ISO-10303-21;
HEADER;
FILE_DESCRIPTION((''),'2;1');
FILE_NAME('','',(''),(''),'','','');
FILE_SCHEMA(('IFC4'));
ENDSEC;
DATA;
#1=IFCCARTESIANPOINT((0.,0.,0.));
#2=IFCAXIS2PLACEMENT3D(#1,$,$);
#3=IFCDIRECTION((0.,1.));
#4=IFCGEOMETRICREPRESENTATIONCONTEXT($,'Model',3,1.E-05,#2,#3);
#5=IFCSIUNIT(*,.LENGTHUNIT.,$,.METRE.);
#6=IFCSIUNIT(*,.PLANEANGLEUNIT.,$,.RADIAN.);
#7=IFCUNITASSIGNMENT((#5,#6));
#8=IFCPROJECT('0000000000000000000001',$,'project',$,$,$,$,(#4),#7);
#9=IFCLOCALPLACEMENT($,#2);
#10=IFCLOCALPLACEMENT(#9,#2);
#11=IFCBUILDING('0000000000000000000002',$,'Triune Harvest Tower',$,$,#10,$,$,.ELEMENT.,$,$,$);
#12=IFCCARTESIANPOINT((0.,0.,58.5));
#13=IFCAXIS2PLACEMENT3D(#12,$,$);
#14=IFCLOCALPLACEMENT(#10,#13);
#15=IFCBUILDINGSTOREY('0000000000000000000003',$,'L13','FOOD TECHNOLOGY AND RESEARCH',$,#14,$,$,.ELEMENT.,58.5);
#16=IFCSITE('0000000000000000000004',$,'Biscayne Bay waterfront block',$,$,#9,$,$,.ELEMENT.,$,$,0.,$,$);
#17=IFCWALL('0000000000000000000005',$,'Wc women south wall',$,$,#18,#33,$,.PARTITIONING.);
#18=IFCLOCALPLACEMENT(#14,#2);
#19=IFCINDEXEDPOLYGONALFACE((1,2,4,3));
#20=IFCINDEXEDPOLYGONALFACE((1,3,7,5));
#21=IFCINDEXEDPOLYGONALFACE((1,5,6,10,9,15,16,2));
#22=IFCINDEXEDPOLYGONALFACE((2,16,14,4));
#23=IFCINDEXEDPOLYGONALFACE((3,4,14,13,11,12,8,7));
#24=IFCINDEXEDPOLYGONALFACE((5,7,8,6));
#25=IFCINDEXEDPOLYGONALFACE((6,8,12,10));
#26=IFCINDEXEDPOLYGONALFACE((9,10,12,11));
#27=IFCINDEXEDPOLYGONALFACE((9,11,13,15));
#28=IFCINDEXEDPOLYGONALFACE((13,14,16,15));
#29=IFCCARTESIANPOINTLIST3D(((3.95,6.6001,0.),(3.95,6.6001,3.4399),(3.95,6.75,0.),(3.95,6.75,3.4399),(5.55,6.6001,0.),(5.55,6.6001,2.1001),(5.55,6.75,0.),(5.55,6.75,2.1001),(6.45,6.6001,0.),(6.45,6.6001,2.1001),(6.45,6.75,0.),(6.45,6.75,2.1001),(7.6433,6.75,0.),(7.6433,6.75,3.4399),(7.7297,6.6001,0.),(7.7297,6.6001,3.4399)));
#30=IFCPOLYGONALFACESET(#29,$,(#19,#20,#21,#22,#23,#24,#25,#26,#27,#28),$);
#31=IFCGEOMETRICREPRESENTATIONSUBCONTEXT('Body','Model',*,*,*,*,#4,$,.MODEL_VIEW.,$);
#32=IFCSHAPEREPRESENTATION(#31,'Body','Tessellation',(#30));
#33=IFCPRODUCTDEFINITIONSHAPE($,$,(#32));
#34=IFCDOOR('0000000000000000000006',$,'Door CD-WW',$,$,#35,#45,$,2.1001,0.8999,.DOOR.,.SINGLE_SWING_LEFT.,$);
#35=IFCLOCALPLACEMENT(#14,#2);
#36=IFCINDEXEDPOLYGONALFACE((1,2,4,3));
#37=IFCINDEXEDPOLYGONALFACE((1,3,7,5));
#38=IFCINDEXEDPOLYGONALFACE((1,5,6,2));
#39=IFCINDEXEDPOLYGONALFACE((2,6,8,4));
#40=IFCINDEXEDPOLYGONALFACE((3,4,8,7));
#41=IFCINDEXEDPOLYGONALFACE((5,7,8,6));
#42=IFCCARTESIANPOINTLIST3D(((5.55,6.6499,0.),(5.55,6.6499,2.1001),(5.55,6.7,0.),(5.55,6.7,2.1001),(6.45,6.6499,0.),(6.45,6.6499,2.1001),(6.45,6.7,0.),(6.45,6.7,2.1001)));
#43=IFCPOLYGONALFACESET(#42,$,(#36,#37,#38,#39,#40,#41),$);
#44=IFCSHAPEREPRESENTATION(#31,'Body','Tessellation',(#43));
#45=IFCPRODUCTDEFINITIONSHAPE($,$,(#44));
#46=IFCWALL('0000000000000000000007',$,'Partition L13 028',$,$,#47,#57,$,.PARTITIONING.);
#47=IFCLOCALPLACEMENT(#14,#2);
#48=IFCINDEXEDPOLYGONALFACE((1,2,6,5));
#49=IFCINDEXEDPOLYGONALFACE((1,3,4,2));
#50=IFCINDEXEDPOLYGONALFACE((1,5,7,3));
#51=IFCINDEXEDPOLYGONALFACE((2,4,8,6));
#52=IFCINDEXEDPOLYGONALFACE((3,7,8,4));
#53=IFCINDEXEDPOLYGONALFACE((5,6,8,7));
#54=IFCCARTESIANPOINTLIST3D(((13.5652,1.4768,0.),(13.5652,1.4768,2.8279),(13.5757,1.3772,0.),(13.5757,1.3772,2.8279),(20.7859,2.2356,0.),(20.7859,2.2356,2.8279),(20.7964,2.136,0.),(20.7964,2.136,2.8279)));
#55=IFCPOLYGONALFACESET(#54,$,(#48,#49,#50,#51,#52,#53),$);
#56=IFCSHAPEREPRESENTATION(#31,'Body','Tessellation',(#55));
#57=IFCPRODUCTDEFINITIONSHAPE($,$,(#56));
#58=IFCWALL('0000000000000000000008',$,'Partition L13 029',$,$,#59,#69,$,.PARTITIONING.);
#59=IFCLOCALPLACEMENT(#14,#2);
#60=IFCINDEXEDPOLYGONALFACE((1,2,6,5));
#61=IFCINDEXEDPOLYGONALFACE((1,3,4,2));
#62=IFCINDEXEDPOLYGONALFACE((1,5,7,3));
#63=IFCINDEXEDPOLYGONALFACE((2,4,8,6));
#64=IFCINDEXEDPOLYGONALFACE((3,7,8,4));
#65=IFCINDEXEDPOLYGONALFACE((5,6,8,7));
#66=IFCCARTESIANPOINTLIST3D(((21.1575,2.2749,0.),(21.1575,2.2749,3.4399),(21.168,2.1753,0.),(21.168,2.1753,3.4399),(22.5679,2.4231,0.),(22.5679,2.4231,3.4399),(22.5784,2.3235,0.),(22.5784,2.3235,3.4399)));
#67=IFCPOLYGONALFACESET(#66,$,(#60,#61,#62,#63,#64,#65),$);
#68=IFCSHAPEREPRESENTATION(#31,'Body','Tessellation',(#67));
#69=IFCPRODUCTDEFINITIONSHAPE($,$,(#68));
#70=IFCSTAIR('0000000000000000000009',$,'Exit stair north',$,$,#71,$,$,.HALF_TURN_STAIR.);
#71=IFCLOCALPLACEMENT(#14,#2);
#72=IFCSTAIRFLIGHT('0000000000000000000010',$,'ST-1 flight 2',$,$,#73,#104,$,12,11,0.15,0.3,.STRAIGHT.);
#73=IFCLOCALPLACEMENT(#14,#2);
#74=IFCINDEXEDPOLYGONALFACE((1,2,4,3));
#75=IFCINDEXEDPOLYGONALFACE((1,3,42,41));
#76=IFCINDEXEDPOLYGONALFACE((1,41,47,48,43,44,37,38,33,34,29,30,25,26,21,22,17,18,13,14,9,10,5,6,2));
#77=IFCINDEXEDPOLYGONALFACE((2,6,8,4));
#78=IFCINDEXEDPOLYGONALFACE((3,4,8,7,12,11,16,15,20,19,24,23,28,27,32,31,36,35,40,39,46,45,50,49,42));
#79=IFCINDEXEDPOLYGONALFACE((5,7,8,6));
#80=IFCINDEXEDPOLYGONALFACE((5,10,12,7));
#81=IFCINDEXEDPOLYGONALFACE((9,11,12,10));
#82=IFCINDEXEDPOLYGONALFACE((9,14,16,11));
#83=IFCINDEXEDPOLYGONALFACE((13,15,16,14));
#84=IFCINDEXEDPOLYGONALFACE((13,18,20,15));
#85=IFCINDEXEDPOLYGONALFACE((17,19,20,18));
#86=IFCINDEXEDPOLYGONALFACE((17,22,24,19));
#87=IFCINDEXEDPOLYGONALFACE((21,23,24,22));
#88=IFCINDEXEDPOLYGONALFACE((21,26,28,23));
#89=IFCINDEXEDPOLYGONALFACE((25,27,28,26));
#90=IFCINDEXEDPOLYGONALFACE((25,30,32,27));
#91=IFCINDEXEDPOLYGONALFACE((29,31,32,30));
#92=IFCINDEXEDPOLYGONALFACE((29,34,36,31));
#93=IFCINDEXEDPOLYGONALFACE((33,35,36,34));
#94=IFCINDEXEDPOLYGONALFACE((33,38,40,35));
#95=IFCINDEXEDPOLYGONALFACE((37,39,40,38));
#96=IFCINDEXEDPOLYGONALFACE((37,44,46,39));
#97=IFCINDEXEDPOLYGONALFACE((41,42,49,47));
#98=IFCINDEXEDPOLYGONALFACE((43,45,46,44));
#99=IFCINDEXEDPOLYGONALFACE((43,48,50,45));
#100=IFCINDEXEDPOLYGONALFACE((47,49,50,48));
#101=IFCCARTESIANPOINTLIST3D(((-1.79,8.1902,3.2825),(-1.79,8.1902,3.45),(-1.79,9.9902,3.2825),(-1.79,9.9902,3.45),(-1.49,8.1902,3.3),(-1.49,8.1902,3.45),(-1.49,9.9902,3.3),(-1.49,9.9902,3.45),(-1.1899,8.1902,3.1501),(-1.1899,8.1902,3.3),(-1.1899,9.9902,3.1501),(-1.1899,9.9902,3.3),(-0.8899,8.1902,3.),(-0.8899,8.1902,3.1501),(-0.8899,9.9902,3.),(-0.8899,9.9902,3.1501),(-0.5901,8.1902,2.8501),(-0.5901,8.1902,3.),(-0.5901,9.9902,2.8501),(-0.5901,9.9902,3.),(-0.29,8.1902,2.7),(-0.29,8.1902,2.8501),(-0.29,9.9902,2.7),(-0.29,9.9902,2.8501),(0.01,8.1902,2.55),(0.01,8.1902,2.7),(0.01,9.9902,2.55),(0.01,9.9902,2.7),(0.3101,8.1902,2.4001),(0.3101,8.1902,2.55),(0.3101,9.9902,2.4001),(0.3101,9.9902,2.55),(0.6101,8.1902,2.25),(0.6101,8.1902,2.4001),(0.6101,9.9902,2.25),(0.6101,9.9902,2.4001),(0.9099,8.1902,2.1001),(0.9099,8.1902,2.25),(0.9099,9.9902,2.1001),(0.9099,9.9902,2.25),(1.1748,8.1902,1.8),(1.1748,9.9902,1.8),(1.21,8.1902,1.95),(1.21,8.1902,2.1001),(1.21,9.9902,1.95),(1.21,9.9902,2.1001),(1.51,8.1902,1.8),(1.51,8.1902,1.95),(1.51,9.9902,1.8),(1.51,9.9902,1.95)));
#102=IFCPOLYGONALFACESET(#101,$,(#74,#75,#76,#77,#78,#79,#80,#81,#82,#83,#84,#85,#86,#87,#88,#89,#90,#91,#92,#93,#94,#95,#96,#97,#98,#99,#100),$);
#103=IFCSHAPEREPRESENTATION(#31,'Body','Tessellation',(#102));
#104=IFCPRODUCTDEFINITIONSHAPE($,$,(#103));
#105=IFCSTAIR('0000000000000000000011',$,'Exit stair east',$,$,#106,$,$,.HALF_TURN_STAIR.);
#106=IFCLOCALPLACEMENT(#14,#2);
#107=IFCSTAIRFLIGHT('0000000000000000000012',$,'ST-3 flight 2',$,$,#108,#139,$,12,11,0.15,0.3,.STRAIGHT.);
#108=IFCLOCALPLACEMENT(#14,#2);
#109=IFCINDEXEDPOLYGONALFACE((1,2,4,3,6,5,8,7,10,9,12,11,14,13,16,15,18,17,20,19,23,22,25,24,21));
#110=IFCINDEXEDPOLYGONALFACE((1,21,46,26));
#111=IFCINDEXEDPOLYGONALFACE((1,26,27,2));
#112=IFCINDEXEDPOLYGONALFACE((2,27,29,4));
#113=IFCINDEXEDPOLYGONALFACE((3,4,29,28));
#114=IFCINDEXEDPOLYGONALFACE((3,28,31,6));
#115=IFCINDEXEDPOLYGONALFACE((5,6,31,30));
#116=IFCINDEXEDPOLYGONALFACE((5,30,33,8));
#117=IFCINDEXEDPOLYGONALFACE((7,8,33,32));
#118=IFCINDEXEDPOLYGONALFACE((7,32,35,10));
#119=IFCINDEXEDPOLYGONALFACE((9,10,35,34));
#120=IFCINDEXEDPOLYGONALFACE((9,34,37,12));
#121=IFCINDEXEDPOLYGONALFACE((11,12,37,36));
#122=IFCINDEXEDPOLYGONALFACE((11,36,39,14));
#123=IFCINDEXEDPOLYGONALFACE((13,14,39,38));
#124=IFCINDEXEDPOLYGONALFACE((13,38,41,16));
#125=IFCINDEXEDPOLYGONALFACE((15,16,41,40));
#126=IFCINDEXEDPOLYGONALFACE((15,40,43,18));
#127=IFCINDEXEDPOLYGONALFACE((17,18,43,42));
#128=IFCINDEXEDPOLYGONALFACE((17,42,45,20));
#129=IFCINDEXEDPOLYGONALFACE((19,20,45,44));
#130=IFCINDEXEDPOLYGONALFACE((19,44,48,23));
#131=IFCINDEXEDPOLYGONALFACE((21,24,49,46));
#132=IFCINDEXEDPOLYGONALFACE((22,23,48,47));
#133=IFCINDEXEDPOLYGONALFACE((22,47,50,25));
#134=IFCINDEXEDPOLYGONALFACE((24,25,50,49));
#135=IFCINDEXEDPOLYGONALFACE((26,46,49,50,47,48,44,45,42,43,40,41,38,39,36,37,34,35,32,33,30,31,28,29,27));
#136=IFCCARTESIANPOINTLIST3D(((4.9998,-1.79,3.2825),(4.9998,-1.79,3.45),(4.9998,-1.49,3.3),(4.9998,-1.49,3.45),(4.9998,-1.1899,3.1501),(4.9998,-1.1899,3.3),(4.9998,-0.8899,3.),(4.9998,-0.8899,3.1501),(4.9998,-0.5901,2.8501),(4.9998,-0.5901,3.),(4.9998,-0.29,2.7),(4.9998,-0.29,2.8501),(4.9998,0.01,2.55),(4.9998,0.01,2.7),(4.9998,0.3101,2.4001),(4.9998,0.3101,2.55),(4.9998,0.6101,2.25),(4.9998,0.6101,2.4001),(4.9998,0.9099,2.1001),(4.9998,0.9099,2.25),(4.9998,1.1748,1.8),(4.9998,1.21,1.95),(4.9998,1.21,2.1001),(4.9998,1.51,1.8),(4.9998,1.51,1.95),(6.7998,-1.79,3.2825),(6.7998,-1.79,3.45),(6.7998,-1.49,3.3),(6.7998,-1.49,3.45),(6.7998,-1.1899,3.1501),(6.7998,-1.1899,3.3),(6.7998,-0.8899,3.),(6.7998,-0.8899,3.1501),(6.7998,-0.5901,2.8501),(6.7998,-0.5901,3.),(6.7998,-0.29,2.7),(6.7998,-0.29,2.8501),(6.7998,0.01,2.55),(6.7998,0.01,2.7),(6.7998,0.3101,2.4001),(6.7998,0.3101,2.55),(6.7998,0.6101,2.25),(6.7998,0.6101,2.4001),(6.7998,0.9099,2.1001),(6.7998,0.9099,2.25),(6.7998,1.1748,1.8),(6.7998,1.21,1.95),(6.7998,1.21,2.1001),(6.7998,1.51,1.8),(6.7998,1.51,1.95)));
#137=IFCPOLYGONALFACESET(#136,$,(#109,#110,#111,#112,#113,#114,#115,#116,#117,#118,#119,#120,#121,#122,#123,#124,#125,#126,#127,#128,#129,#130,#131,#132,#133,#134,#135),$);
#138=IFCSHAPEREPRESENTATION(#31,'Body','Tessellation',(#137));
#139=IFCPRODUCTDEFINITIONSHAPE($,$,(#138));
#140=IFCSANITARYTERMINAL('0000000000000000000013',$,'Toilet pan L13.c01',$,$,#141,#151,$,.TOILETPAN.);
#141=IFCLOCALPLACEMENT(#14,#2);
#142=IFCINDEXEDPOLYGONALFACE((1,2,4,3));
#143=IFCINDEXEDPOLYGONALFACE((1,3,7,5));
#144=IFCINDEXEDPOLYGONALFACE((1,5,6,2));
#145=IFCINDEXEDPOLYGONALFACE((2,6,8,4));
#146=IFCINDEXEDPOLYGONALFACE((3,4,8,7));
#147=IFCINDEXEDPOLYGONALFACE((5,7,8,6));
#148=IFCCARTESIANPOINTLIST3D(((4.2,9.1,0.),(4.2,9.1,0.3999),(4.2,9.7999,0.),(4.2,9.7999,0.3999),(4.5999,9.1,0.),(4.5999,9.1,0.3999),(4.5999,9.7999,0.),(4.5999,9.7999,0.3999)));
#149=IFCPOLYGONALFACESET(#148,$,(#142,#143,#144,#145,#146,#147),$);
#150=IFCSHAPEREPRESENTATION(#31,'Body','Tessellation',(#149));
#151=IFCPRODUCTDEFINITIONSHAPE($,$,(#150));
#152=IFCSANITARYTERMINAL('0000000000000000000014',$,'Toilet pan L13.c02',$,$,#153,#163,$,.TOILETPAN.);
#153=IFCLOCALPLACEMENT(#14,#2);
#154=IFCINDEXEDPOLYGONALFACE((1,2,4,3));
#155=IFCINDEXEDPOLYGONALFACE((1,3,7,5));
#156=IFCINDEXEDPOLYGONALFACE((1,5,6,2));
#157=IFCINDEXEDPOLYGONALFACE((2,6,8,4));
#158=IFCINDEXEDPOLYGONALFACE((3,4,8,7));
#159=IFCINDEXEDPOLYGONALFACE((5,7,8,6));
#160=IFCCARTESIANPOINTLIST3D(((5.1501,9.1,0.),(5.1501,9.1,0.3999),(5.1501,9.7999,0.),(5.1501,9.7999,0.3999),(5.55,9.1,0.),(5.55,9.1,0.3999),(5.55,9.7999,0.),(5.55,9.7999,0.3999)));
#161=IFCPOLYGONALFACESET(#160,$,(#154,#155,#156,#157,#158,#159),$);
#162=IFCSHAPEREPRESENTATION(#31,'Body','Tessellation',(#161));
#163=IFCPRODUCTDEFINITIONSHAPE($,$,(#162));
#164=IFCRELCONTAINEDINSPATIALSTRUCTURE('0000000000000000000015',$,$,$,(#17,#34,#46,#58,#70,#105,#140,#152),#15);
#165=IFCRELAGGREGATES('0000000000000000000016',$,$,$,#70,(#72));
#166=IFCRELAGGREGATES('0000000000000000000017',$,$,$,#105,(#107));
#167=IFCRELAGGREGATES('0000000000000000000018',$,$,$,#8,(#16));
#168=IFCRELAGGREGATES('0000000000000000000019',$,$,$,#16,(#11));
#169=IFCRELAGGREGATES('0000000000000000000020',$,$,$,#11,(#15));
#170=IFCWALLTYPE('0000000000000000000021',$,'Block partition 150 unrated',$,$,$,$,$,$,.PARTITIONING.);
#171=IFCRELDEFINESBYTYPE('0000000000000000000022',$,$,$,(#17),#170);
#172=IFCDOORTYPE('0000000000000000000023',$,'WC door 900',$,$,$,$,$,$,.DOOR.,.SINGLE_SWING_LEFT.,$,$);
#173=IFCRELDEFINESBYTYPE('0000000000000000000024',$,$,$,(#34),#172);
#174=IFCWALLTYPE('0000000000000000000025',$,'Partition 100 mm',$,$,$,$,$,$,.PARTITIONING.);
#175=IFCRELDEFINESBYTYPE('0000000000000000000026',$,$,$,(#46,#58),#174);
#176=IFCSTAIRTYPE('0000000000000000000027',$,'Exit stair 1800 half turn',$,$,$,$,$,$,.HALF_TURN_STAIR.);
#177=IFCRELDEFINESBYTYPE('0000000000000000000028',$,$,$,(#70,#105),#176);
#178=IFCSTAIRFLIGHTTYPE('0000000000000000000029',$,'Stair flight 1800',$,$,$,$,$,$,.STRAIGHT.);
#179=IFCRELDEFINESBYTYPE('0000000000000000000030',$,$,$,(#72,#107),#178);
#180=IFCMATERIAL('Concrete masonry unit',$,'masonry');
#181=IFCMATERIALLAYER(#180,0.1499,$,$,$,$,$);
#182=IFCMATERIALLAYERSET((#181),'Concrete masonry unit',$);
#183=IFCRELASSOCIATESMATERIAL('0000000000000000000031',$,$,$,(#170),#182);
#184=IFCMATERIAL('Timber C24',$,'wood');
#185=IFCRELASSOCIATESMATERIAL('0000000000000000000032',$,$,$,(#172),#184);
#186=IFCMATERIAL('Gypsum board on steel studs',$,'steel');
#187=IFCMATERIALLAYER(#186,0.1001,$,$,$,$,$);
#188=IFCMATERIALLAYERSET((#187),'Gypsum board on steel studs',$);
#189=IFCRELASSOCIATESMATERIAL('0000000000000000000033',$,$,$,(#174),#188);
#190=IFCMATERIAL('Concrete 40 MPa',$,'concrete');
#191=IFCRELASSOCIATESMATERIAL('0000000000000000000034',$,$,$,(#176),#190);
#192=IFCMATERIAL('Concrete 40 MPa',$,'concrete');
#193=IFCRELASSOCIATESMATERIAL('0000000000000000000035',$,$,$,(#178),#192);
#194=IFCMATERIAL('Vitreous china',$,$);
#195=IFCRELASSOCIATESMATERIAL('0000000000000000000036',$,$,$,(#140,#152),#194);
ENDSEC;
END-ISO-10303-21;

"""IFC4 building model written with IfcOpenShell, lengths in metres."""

from ifc_helpers import new_model, si_unit, direction, frame, frame_2d, origin, origin_2d, place, context, subcontext, project, spatial, polyline, rectangle, outline, extrude, source, transform, mapped, material, layer, layer_set, type_object, element, fill, aggregate, save


model = new_model("IFC4")

# Units and contexts
model_context = context("Model", 3, precision=1e-05, world=origin(), true_north=direction((0.0, 1.0)))
body_context = subcontext(model_context, "Body", "Model", "MODEL_VIEW")
ifc_project = project(units=[si_unit("LENGTHUNIT", "METRE"), si_unit("PLANEANGLEUNIT", "RADIAN")], contexts=[model_context])

# Site, building, storey
site_placement = place(None, origin())
site = spatial("IfcSite", under=ifc_project, at=site_placement, Name="Biscayne Bay waterfront block", CompositionType="ELEMENT", RefElevation=0.0)
building_placement = place(site_placement, origin())
building = spatial("IfcBuilding", under=site, at=building_placement, Name="Triune Harvest Tower", CompositionType="ELEMENT")
storey_placement = place(building_placement, frame((0.0, 0.0, 58.5)))
storey = spatial("IfcBuildingStorey", under=building, at=storey_placement, Name="L13", Description="FOOD TECHNOLOGY AND RESEARCH", CompositionType="ELEMENT", Elevation=58.5)

# Wall, opening, door
ifc_material_1 = material(Name="Concrete masonry unit", Category="masonry")
ifc_layer_1 = layer(ifc_material_1, 0.1499)
ifc_layer_set_1 = layer_set([ifc_layer_1], Name="Concrete masonry unit")
wall_type_1 = type_object("IfcWallType", Name="Block partition 150 unrated", PredefinedType="PARTITIONING", material=ifc_layer_set_1)
ifc_material_2 = material(Name="Timber C24", Category="wood")
door_type_1 = type_object("IfcDoorType", Name="WC door 900", OperationType="SINGLE_SWING_LEFT", PredefinedType="DOOR", material=ifc_material_2)
shared_shape_1 = source(origin(), body_context, "Body", "SweptSolid", [
    extrude(outline(polyline([(0.0, -0.075), (0.0, 0.075), (3.6934, 0.075), (3.7798, -0.075), (0.0, -0.075)])), origin(), (0.0, 0.0, 1.0), 3.4399),
])
wall_1_placement = place(storey_placement, frame((3.95, 6.675, 0.0), z_axis=(0.0, 0.0, 1.0), x_axis=(1.0, 0.0, 0.0)))
wall_1 = element("IfcWall", 1, at=wall_1_placement, inside=storey, type_object=wall_type_1, Name="Wc women south wall", PredefinedType="PARTITIONING", context=body_context, shape_type="MappedRepresentation", body=[
    mapped(shared_shape_1, transform((0.0, 0.0, 0.0), scale=1.0)),
])
opening_1_placement = place(wall_1_placement, frame((1.6001, 0.0, 0.0)))
opening_1 = element("IfcOpeningElement", 2, at=opening_1_placement, cuts=wall_1, PredefinedType="OPENING", context=body_context, shape_type="SweptSolid", body=[
    extrude(rectangle(XDim=0.8999, YDim=2.1001, at=frame_2d((0.45, 1.05))), frame((0.0, 0.085, 0.0), z_axis=(0.0, -1.0, 0.0), x_axis=(1.0, 0.0, 0.0)), (0.0, 0.0, 1.0), 0.1699),
])
door_1_placement = place(opening_1_placement, origin())
door_1 = element("IfcDoor", 3, at=door_1_placement, inside=storey, type_object=door_type_1, Name="Door CD-WW", OperationType="SINGLE_SWING_LEFT", OverallHeight=2.1001, OverallWidth=0.8999, PredefinedType="DOOR", context=body_context, shape_type="SweptSolid", body=[
    extrude(rectangle(XDim=0.8999, YDim=2.1001, at=frame_2d((0.45, 1.05))), frame((0.0, 0.0249, 0.0), z_axis=(0.0, -1.0, 0.0), x_axis=(1.0, 0.0, 0.0)), (0.0, 0.0, 1.0), 0.05),
])
fill(opening_1, door_1)

# Walls
ifc_material_3 = material(Name="Gypsum board on steel studs", Category="steel")
ifc_layer_2 = layer(ifc_material_3, 0.1001)
ifc_layer_set_2 = layer_set([ifc_layer_2], Name="Gypsum board on steel studs")
wall_type_2 = type_object("IfcWallType", Name="Partition 100 mm", PredefinedType="PARTITIONING", material=ifc_layer_set_2)
shared_shape_2 = source(origin(), body_context, "Body", "SweptSolid", [
    extrude(rectangle(XDim=7.2605, YDim=0.1001, at=frame_2d((3.6304, 0.0))), origin(), (0.0, 0.0, 1.0), 2.8279),
])
wall_2_placement = place(storey_placement, frame((13.5703, 1.427, 0.0), z_axis=(0.0, 0.0, 1.0), x_axis=(0.994524, 0.10451, 0.0)))
element("IfcWall", 4, at=wall_2_placement, inside=storey, type_object=wall_type_2, Name="Partition L13 028", PredefinedType="PARTITIONING", context=body_context, shape_type="MappedRepresentation", body=[
    mapped(shared_shape_2, transform((0.0, 0.0, 0.0), scale=1.0)),
])
shared_shape_3 = source(origin(), body_context, "Body", "SweptSolid", [
    extrude(rectangle(XDim=1.4182, YDim=0.1001, at=frame_2d((0.709, 0.0))), origin(), (0.0, 0.0, 1.0), 3.4399),
])
wall_3_placement = place(storey_placement, frame((21.1628, 2.2251, 0.0), z_axis=(0.0, 0.0, 1.0), x_axis=(0.994525, 0.104497, 0.0)))
element("IfcWall", 5, at=wall_3_placement, inside=storey, type_object=wall_type_2, Name="Partition L13 029", PredefinedType="PARTITIONING", context=body_context, shape_type="MappedRepresentation", body=[
    mapped(shared_shape_3, transform((0.0, 0.0, 0.0), scale=1.0)),
])

# Stairs, stair flights
ifc_material_4 = material(Name="Concrete 40 MPa", Category="concrete")
stair_type = type_object("IfcStairType", Name="Exit stair 1800 half turn", PredefinedType="HALF_TURN_STAIR", material=ifc_material_4)
stair_1_placement = place(storey_placement, origin())
stair_1 = element("IfcStair", 6, at=stair_1_placement, inside=storey, type_object=stair_type, Name="Exit stair north", PredefinedType="HALF_TURN_STAIR")
ifc_material_5 = material(Name="Concrete 40 MPa", Category="concrete")
stair_flight_type = type_object("IfcStairFlightType", Name="Stair flight 1800", PredefinedType="STRAIGHT", material=ifc_material_5)
shared_shape_4 = source(origin(), body_context, "Body", "SweptSolid", [
    extrude(outline(polyline([(0.0, 0.0), (0.0, 0.1499), (0.3, 0.1499), (0.3, 0.3), (0.6001, 0.3), (0.6001, 0.45), (0.8999, 0.45), (0.8999, 0.6001), (1.2, 0.6001), (1.2, 0.75), (1.5, 0.75), (1.5, 0.8999), (1.8, 0.8999), (1.8, 1.05), (2.1001, 1.05), (2.1001, 1.2), (2.3999, 1.2), (2.3999, 1.3501), (2.7, 1.3501), (2.7, 1.5), (3.0, 1.5), (3.0, 1.6499), (3.3, 1.6499), (3.3, 1.8), (3.3, 1.4824), (0.3352, 0.0), (0.0, 0.0)])), frame((0.0, 0.8999, 0.0), z_axis=(0.0, -1.0, 0.0), x_axis=(1.0, 0.0, 0.0)), (0.0, 0.0, 1.0), 1.8),
])
stair_flight_1_placement = place(storey_placement, frame((1.51, 9.0901, 1.8), z_axis=(0.0, 0.0, 1.0), x_axis=(-1.0, 0.0, 0.0)))
stair_flight_1 = element("IfcStairFlight", 7, at=stair_flight_1_placement, type_object=stair_flight_type, Name="ST-1 flight 2", NumberOfRisers=12, NumberOfTreads=11, PredefinedType="STRAIGHT", RiserHeight=0.15, TreadLength=0.3, context=body_context, shape_type="MappedRepresentation", body=[
    mapped(shared_shape_4, transform((0.0, 0.0, 0.0), scale=1.0)),
])
aggregate(stair_1, [stair_flight_1])
stair_2_placement = place(storey_placement, origin())
stair_2 = element("IfcStair", 8, at=stair_2_placement, inside=storey, type_object=stair_type, Name="Exit stair east", PredefinedType="HALF_TURN_STAIR")
stair_flight_2_placement = place(storey_placement, frame((5.8999, 1.51, 1.8), z_axis=(0.0, 0.0, 1.0), x_axis=(0.0, -1.0, 0.0)))
stair_flight_2 = element("IfcStairFlight", 9, at=stair_flight_2_placement, type_object=stair_flight_type, Name="ST-3 flight 2", NumberOfRisers=12, NumberOfTreads=11, PredefinedType="STRAIGHT", RiserHeight=0.15, TreadLength=0.3, context=body_context, shape_type="MappedRepresentation", body=[
    mapped(shared_shape_4, transform((0.0, 0.0, 0.0), scale=1.0)),
])
aggregate(stair_2, [stair_flight_2])

# Sanitary terminals
ifc_material_6 = material(Name="Vitreous china")
shared_shape_5 = source(origin(), body_context, "Body", "SweptSolid", [
    extrude(rectangle(XDim=0.3999, YDim=0.7, at=origin_2d()), origin(), (0.0, 0.0, 1.0), 0.3999),
])
for number, where, z_axis, x_axis, name in (
    (10, (4.3999, 9.45, 0.0), (0.0, 0.0, 1.0), (1.0, 0.0, 0.0), "Toilet pan L13.c01"),
    (11, (5.3501, 9.45, 0.0), (0.0, 0.0, 1.0), (1.0, 0.0, 0.0), "Toilet pan L13.c02"),
):
    element("IfcSanitaryTerminal", number, at=place(storey_placement, frame(where, z_axis=z_axis, x_axis=x_axis)), inside=storey, material=ifc_material_6, Name=name, PredefinedType="TOILETPAN", context=body_context, shape_type="MappedRepresentation", body=[
        mapped(shared_shape_5, transform((0.0, 0.0, 0.0), scale=1.0)),
    ])

save(model, "model.ifc")
